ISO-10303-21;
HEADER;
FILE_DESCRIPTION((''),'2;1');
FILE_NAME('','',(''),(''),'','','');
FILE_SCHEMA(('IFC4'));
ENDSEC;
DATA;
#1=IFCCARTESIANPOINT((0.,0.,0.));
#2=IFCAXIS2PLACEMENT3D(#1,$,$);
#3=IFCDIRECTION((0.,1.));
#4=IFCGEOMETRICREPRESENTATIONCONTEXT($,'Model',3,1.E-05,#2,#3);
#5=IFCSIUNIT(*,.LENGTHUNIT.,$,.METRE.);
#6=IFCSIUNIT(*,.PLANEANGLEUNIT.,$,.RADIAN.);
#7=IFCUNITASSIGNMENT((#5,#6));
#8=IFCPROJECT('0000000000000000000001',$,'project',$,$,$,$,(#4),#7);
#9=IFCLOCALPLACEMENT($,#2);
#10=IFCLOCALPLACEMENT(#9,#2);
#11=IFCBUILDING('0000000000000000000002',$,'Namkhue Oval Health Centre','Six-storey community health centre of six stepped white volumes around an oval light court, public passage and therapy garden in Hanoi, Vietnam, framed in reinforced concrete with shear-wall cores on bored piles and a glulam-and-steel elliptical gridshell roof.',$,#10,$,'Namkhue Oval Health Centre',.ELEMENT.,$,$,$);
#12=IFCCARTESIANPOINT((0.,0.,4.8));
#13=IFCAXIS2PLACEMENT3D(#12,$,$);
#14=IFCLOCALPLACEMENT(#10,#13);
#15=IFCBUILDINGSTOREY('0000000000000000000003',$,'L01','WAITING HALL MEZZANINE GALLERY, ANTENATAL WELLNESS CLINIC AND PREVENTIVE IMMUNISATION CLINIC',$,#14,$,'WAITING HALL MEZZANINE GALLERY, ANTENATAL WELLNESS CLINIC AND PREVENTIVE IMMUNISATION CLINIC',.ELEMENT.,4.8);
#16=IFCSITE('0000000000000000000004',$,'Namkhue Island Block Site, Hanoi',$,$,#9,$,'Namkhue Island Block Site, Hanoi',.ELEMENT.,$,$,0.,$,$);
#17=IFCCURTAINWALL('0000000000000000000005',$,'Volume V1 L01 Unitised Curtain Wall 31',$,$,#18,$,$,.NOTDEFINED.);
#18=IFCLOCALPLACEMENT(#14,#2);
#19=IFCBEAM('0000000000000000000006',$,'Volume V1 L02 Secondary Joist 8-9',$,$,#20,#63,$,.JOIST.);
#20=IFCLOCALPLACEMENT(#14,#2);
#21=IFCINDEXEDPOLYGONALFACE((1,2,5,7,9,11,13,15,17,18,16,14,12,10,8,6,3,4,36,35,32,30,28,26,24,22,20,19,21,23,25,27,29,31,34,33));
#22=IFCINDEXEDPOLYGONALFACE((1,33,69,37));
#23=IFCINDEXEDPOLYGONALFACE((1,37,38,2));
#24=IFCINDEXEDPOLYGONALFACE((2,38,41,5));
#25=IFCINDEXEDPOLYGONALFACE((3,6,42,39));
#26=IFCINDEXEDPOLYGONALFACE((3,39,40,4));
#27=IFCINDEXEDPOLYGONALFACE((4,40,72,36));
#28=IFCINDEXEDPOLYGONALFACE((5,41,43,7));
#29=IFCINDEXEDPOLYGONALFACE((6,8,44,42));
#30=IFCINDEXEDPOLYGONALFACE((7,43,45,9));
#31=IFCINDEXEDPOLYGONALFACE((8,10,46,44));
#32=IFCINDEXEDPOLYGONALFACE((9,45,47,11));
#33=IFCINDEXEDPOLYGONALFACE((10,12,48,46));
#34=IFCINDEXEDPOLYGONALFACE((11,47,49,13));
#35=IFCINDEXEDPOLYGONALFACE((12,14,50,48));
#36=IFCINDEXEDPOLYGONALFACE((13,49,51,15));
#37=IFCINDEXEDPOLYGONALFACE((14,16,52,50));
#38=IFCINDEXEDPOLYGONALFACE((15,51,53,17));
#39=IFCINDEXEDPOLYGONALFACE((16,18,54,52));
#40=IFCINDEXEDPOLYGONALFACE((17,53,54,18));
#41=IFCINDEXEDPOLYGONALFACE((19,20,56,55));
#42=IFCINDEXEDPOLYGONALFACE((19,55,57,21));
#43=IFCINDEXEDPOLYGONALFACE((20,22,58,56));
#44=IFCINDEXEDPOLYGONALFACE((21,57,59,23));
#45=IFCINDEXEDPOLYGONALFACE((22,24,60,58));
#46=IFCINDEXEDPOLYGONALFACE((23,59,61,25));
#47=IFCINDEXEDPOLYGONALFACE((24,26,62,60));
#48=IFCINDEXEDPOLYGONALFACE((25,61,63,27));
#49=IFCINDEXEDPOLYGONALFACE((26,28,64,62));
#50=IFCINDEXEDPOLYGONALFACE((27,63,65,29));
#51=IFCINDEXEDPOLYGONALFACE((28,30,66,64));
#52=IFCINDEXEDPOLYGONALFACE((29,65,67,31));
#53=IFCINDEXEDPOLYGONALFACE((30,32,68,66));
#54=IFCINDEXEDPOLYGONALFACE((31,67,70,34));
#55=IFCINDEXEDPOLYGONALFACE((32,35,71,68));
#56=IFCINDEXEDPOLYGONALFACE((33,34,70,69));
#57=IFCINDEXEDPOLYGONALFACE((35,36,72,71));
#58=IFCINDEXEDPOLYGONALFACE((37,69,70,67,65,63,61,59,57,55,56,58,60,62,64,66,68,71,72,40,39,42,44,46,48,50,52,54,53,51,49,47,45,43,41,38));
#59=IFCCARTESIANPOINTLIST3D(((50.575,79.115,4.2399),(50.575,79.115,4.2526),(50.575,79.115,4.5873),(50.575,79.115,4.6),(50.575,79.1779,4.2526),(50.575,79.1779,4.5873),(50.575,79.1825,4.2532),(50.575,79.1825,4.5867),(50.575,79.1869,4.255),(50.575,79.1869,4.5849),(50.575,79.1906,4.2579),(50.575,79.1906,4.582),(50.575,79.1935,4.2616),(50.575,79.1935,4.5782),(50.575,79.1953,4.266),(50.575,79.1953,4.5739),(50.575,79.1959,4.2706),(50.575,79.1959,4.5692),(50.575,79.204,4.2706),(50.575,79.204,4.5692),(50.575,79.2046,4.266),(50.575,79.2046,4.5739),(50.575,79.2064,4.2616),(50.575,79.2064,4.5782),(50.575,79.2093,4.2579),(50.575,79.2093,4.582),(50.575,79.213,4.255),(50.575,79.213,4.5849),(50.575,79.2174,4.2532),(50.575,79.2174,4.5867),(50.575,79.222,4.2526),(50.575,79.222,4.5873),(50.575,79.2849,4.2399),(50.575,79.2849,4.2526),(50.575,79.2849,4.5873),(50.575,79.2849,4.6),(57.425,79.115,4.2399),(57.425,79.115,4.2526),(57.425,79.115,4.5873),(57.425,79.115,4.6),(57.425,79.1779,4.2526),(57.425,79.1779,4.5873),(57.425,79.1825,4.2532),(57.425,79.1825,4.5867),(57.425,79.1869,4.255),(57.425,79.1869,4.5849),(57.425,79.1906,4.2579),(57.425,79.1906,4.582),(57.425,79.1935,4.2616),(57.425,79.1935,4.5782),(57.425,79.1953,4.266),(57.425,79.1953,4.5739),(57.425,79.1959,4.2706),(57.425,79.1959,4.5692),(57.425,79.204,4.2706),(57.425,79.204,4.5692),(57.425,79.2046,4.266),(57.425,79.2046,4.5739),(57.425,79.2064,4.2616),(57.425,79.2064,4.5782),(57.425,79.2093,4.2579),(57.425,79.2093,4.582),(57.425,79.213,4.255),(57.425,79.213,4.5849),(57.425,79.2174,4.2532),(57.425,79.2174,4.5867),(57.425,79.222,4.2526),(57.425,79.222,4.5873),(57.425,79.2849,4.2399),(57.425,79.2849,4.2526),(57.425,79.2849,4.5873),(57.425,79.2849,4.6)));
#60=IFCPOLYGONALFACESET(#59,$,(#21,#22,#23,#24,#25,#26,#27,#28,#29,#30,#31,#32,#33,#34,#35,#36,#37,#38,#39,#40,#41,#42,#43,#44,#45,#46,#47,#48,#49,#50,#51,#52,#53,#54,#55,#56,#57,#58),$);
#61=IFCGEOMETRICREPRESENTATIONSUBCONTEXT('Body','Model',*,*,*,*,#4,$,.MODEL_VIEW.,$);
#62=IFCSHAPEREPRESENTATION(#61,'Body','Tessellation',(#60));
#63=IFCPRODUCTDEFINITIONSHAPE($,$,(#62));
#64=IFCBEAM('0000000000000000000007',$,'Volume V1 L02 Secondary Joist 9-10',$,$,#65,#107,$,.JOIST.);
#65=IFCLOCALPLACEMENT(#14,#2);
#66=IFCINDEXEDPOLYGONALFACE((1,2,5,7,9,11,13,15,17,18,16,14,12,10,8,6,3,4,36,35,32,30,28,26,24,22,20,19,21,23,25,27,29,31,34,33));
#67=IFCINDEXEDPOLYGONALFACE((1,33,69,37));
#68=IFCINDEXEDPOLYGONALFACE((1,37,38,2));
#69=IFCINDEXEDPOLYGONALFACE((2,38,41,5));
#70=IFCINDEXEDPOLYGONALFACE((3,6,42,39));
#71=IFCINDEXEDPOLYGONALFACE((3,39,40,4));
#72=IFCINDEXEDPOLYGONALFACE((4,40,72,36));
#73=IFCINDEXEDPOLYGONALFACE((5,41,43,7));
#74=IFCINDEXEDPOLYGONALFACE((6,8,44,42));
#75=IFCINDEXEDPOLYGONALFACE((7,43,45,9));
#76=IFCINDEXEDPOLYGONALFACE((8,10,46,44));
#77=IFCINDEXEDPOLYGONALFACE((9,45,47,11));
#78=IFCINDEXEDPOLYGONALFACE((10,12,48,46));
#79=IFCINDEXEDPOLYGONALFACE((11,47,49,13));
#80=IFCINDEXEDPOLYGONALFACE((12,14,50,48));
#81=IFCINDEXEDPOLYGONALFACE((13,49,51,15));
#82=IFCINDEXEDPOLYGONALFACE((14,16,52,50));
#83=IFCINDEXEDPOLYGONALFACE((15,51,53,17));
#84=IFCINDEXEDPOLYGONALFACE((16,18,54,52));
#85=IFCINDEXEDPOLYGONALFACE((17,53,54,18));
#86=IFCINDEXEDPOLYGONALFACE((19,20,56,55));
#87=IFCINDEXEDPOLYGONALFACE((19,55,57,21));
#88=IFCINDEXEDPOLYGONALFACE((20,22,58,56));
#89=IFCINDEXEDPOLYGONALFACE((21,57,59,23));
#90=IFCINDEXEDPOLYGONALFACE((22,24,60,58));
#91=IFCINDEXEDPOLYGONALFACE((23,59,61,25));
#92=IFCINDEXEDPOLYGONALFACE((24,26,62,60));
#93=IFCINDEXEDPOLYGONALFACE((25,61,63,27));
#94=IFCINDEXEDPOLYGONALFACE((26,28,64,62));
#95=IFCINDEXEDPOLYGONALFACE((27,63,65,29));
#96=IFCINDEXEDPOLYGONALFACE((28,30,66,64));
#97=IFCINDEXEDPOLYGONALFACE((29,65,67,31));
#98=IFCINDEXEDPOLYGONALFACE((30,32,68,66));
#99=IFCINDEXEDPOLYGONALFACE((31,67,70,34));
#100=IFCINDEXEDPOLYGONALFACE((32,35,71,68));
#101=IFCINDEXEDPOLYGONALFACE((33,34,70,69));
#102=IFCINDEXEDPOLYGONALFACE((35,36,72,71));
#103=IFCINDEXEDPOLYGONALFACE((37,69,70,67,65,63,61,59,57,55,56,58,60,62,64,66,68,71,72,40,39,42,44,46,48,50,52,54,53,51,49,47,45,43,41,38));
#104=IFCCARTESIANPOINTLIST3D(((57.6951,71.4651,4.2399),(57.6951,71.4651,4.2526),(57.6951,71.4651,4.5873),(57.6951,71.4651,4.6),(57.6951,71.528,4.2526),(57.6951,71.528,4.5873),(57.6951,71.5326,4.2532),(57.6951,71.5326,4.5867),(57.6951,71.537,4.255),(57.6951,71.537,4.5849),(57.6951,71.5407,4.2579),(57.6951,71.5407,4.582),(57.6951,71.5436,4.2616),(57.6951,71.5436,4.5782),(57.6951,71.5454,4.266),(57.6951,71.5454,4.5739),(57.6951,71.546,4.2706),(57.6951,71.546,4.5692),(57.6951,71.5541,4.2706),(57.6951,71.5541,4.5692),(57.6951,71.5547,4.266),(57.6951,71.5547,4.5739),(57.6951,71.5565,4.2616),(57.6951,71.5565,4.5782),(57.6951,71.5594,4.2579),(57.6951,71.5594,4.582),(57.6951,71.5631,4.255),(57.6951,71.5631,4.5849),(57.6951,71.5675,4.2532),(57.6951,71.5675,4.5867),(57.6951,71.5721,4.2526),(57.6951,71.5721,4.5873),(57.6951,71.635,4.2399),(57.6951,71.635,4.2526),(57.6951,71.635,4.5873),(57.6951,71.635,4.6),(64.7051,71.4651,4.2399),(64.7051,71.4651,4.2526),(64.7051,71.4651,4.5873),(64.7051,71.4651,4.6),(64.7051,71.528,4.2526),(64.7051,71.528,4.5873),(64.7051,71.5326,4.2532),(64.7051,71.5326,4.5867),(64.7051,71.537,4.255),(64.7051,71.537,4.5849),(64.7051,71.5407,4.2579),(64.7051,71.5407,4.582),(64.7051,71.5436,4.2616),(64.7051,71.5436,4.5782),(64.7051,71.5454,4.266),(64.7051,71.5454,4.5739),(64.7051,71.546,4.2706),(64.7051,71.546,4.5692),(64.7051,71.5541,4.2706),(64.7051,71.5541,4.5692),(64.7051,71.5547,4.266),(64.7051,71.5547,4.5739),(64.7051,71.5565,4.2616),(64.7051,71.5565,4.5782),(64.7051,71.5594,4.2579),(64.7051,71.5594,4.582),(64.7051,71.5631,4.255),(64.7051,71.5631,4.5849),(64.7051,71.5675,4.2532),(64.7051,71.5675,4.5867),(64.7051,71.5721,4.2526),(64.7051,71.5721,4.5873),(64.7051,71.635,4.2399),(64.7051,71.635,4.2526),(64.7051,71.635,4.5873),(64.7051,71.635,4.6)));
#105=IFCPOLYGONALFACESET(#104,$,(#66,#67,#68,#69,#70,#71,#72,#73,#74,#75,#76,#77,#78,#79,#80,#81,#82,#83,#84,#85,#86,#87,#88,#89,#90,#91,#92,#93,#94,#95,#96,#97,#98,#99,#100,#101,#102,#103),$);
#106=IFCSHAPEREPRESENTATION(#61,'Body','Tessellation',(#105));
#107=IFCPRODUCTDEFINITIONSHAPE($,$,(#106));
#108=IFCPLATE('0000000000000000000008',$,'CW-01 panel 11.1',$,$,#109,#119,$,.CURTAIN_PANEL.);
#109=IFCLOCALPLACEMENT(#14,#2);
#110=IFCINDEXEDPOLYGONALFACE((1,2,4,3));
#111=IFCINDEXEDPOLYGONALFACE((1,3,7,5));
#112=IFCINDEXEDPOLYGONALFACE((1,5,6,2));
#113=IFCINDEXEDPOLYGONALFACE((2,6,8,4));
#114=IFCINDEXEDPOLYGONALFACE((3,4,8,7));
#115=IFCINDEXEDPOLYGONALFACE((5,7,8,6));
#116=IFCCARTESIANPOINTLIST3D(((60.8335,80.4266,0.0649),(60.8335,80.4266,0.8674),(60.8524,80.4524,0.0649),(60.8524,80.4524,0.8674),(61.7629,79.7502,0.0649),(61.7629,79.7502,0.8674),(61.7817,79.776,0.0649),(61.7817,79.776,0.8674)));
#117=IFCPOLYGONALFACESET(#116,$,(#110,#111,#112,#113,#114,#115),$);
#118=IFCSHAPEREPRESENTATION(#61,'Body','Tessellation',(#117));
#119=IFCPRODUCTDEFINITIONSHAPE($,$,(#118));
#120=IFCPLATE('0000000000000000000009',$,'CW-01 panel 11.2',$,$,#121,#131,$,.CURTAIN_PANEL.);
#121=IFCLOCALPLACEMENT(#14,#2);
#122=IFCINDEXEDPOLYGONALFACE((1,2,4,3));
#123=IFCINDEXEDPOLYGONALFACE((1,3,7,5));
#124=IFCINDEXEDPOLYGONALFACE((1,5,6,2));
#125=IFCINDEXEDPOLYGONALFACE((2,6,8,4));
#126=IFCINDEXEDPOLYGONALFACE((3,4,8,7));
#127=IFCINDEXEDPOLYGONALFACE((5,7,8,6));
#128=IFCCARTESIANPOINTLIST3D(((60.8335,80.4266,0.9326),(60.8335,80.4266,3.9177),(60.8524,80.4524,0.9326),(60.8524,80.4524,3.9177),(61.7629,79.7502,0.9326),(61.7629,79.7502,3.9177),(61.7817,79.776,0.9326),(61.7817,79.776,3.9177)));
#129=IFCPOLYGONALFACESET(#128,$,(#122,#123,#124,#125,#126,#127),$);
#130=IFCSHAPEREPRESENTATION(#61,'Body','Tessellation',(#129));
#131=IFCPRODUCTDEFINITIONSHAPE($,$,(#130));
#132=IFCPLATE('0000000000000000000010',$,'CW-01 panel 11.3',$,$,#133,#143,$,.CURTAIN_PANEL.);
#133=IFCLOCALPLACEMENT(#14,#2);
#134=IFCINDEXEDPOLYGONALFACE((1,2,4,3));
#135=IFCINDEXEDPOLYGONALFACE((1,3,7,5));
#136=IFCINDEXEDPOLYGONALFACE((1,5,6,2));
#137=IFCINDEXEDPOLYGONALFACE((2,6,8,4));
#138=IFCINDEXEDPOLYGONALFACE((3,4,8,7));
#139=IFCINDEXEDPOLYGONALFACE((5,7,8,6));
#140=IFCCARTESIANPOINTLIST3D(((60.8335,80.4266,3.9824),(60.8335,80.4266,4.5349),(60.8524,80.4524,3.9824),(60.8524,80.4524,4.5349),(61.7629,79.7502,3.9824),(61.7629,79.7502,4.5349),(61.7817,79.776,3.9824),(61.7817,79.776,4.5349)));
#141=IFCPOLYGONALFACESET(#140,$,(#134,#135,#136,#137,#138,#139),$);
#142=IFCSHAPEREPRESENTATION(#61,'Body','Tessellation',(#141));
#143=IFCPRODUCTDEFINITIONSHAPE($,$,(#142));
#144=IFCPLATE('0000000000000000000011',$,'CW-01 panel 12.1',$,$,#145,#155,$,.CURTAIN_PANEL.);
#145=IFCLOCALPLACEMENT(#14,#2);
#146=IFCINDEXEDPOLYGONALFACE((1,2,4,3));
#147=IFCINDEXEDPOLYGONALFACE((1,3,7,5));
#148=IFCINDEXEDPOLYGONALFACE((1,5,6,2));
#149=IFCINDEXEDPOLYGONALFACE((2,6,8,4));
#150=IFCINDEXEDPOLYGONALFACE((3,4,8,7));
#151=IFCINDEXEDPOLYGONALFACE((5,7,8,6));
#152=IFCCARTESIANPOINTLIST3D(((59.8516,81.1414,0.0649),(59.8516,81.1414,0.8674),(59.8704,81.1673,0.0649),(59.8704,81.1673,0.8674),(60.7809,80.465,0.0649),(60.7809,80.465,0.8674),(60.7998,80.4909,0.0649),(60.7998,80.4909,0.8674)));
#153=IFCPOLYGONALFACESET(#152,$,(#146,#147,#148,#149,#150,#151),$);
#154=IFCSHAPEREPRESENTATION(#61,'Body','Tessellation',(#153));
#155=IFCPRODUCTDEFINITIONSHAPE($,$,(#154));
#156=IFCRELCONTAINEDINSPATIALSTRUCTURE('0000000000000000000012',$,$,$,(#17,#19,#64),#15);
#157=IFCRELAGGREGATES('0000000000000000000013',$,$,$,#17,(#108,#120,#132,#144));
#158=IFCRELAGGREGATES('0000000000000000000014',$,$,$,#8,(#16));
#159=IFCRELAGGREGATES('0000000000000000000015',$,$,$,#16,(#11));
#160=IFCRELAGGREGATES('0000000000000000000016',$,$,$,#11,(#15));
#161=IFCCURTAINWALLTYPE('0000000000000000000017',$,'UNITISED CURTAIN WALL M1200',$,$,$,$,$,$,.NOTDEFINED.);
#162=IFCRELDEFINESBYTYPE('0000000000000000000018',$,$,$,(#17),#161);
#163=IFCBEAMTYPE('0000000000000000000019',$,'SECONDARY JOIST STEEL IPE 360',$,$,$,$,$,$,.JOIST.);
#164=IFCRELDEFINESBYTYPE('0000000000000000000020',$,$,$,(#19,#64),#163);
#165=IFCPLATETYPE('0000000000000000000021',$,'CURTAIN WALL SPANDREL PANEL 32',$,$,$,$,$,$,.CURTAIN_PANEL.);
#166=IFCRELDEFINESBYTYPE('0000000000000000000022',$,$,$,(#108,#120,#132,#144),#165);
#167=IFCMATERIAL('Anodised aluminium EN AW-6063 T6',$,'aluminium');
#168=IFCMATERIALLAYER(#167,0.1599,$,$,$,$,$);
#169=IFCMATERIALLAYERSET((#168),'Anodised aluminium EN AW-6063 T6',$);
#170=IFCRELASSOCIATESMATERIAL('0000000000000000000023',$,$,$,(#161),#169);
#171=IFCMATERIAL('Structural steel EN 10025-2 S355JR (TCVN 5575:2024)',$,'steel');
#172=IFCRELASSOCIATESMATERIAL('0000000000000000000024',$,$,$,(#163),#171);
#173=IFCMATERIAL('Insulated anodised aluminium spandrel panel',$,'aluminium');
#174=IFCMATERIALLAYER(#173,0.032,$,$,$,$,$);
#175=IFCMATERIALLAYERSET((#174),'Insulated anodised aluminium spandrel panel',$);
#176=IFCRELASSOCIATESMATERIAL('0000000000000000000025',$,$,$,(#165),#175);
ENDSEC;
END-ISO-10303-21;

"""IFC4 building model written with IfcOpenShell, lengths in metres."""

from ifc_helpers import new_model, si_unit, direction, frame, origin, origin_2d, place, context, subcontext, project, spatial, rectangle, i_section, extrude, material, layer, layer_set, material_profile, profile_set, type_object, element, aggregate, save


model = new_model("IFC4")

# Units and contexts
model_context = context("Model", 3, precision=1e-05, world=origin(), true_north=direction((0.0, 1.0)))
body_context = subcontext(model_context, "Body", "Model", "MODEL_VIEW")
ifc_project = project(units=[si_unit("LENGTHUNIT", "METRE"), si_unit("PLANEANGLEUNIT", "RADIAN")], contexts=[model_context])

# Site, building, storey
site_placement = place(None, origin())
site = spatial("IfcSite", under=ifc_project, at=site_placement, Name="Namkhue Island Block Site, Hanoi", LongName="Namkhue Island Block Site, Hanoi", CompositionType="ELEMENT", RefElevation=0.0)
building_placement = place(site_placement, origin())
building = spatial("IfcBuilding", under=site, at=building_placement, Name="Namkhue Oval Health Centre", Description="Six-storey community health centre of six stepped white volumes around an oval light court, public passage and therapy garden in Hanoi, Vietnam, framed in reinforced concrete with shear-wall cores on bored piles and a glulam-and-steel elliptical gridshell roof.", LongName="Namkhue Oval Health Centre", CompositionType="ELEMENT")
storey_placement = place(building_placement, frame((0.0, 0.0, 4.8)))
storey = spatial("IfcBuildingStorey", under=building, at=storey_placement, Name="L01", Description="WAITING HALL MEZZANINE GALLERY, ANTENATAL WELLNESS CLINIC AND PREVENTIVE IMMUNISATION CLINIC", LongName="WAITING HALL MEZZANINE GALLERY, ANTENATAL WELLNESS CLINIC AND PREVENTIVE IMMUNISATION CLINIC", CompositionType="ELEMENT", Elevation=4.8)

# Curtain wall
ifc_material_1 = material(Name="Anodised aluminium EN AW-6063 T6", Category="aluminium")
ifc_layer_1 = layer(ifc_material_1, 0.1599)
ifc_layer_set_1 = layer_set([ifc_layer_1], Name="Anodised aluminium EN AW-6063 T6")
curtain_wall_type = type_object("IfcCurtainWallType", Name="UNITISED CURTAIN WALL M1200", PredefinedType="NOTDEFINED", material=ifc_layer_set_1)
curtain_wall_placement = place(storey_placement, origin())
curtain_wall = element("IfcCurtainWall", 1, at=curtain_wall_placement, inside=storey, type_object=curtain_wall_type, Name="Volume V1 L01 Unitised Curtain Wall 31", PredefinedType="NOTDEFINED")

# Beams
ifc_material_2 = material(Name="Structural steel EN 10025-2 S355JR (TCVN 5575:2024)", Category="steel")
ifc_material_profile_1 = material_profile(ifc_material_2, i_section(OverallWidth=0.1699, OverallDepth=0.3601, WebThickness=0.0081, FlangeThickness=0.0127, FilletRadius=0.0181, at=origin_2d()), Name="IPE 360")
ifc_profile_set_1 = profile_set([ifc_material_profile_1], Name="Structural steel EN 10025-2 S355JR (TCVN 5575:2024)")
beam_type_1 = type_object("IfcBeamType", Name="SECONDARY JOIST STEEL IPE 360", PredefinedType="JOIST", material=ifc_profile_set_1)
beam_1_placement = place(storey_placement, frame((50.575, 79.2, 4.4199), z_axis=(1.0, 0.0, 0.0), x_axis=(0.0, 1.0, 0.0)))
element("IfcBeam", 2, at=beam_1_placement, inside=storey, type_object=beam_type_1, Name="Volume V1 L02 Secondary Joist 8-9", PredefinedType="JOIST", context=body_context, shape_type="SweptSolid", body=[
    extrude(i_section(OverallWidth=0.1699, OverallDepth=0.3601, WebThickness=0.0081, FlangeThickness=0.0127, FilletRadius=0.0181, at=origin_2d()), origin(), (0.0, 0.0, 1.0), 6.8501),
])
beam_2_placement = place(storey_placement, frame((57.6951, 71.55, 4.4199), z_axis=(1.0, 0.0, 0.0), x_axis=(0.0, 1.0, 0.0)))
element("IfcBeam", 3, at=beam_2_placement, inside=storey, type_object=beam_type_1, Name="Volume V1 L02 Secondary Joist 9-10", PredefinedType="JOIST", context=body_context, shape_type="SweptSolid", body=[
    extrude(i_section(OverallWidth=0.1699, OverallDepth=0.3601, WebThickness=0.0081, FlangeThickness=0.0127, FilletRadius=0.0181, at=origin_2d()), origin(), (0.0, 0.0, 1.0), 7.01),
])

# Plates
ifc_material_3 = material(Name="Insulated anodised aluminium spandrel panel", Category="aluminium")
ifc_layer_2 = layer(ifc_material_3, 0.032)
ifc_layer_set_2 = layer_set([ifc_layer_2], Name="Insulated anodised aluminium spandrel panel")
plate_type = type_object("IfcPlateType", Name="CURTAIN WALL SPANDREL PANEL 32", PredefinedType="CURTAIN_PANEL", material=ifc_layer_set_2)
plate_1_placement = place(storey_placement, frame((61.3076, 80.1013, 0.0649), z_axis=(0.0, 0.0, 1.0), x_axis=(-0.808514, 0.588477, 0.0)))
plate_1 = element("IfcPlate", 4, at=plate_1_placement, type_object=plate_type, Name="CW-01 panel 11.1", PredefinedType="CURTAIN_PANEL", context=body_context, shape_type="SweptSolid", body=[
    extrude(rectangle(XDim=1.1494, YDim=0.032, at=origin_2d()), origin(), (0.0, 0.0, 1.0), 0.8025),
])
plate_2_placement = place(storey_placement, frame((61.3076, 80.1013, 0.9326), z_axis=(0.0, 0.0, 1.0), x_axis=(-0.808514, 0.588477, 0.0)))
plate_2 = element("IfcPlate", 5, at=plate_2_placement, type_object=plate_type, Name="CW-01 panel 11.2", PredefinedType="CURTAIN_PANEL", context=body_context, shape_type="SweptSolid", body=[
    extrude(rectangle(XDim=1.1494, YDim=0.032, at=origin_2d()), origin(), (0.0, 0.0, 1.0), 2.9851),
])
plate_3_placement = place(storey_placement, frame((61.3076, 80.1013, 3.9824), z_axis=(0.0, 0.0, 1.0), x_axis=(-0.808514, 0.588477, 0.0)))
plate_3 = element("IfcPlate", 6, at=plate_3_placement, type_object=plate_type, Name="CW-01 panel 11.3", PredefinedType="CURTAIN_PANEL", context=body_context, shape_type="SweptSolid", body=[
    extrude(rectangle(XDim=1.1494, YDim=0.032, at=origin_2d()), origin(), (0.0, 0.0, 1.0), 0.5525),
])
plate_4_placement = place(storey_placement, frame((60.3257, 80.8162, 0.0649), z_axis=(0.0, 0.0, 1.0), x_axis=(-0.808514, 0.588477, 0.0)))
plate_4 = element("IfcPlate", 7, at=plate_4_placement, type_object=plate_type, Name="CW-01 panel 12.1", PredefinedType="CURTAIN_PANEL", context=body_context, shape_type="SweptSolid", body=[
    extrude(rectangle(XDim=1.1494, YDim=0.032, at=origin_2d()), origin(), (0.0, 0.0, 1.0), 0.8025),
])
aggregate(curtain_wall, [plate_1, plate_2, plate_3, plate_4])

save(model, "model.ifc")
